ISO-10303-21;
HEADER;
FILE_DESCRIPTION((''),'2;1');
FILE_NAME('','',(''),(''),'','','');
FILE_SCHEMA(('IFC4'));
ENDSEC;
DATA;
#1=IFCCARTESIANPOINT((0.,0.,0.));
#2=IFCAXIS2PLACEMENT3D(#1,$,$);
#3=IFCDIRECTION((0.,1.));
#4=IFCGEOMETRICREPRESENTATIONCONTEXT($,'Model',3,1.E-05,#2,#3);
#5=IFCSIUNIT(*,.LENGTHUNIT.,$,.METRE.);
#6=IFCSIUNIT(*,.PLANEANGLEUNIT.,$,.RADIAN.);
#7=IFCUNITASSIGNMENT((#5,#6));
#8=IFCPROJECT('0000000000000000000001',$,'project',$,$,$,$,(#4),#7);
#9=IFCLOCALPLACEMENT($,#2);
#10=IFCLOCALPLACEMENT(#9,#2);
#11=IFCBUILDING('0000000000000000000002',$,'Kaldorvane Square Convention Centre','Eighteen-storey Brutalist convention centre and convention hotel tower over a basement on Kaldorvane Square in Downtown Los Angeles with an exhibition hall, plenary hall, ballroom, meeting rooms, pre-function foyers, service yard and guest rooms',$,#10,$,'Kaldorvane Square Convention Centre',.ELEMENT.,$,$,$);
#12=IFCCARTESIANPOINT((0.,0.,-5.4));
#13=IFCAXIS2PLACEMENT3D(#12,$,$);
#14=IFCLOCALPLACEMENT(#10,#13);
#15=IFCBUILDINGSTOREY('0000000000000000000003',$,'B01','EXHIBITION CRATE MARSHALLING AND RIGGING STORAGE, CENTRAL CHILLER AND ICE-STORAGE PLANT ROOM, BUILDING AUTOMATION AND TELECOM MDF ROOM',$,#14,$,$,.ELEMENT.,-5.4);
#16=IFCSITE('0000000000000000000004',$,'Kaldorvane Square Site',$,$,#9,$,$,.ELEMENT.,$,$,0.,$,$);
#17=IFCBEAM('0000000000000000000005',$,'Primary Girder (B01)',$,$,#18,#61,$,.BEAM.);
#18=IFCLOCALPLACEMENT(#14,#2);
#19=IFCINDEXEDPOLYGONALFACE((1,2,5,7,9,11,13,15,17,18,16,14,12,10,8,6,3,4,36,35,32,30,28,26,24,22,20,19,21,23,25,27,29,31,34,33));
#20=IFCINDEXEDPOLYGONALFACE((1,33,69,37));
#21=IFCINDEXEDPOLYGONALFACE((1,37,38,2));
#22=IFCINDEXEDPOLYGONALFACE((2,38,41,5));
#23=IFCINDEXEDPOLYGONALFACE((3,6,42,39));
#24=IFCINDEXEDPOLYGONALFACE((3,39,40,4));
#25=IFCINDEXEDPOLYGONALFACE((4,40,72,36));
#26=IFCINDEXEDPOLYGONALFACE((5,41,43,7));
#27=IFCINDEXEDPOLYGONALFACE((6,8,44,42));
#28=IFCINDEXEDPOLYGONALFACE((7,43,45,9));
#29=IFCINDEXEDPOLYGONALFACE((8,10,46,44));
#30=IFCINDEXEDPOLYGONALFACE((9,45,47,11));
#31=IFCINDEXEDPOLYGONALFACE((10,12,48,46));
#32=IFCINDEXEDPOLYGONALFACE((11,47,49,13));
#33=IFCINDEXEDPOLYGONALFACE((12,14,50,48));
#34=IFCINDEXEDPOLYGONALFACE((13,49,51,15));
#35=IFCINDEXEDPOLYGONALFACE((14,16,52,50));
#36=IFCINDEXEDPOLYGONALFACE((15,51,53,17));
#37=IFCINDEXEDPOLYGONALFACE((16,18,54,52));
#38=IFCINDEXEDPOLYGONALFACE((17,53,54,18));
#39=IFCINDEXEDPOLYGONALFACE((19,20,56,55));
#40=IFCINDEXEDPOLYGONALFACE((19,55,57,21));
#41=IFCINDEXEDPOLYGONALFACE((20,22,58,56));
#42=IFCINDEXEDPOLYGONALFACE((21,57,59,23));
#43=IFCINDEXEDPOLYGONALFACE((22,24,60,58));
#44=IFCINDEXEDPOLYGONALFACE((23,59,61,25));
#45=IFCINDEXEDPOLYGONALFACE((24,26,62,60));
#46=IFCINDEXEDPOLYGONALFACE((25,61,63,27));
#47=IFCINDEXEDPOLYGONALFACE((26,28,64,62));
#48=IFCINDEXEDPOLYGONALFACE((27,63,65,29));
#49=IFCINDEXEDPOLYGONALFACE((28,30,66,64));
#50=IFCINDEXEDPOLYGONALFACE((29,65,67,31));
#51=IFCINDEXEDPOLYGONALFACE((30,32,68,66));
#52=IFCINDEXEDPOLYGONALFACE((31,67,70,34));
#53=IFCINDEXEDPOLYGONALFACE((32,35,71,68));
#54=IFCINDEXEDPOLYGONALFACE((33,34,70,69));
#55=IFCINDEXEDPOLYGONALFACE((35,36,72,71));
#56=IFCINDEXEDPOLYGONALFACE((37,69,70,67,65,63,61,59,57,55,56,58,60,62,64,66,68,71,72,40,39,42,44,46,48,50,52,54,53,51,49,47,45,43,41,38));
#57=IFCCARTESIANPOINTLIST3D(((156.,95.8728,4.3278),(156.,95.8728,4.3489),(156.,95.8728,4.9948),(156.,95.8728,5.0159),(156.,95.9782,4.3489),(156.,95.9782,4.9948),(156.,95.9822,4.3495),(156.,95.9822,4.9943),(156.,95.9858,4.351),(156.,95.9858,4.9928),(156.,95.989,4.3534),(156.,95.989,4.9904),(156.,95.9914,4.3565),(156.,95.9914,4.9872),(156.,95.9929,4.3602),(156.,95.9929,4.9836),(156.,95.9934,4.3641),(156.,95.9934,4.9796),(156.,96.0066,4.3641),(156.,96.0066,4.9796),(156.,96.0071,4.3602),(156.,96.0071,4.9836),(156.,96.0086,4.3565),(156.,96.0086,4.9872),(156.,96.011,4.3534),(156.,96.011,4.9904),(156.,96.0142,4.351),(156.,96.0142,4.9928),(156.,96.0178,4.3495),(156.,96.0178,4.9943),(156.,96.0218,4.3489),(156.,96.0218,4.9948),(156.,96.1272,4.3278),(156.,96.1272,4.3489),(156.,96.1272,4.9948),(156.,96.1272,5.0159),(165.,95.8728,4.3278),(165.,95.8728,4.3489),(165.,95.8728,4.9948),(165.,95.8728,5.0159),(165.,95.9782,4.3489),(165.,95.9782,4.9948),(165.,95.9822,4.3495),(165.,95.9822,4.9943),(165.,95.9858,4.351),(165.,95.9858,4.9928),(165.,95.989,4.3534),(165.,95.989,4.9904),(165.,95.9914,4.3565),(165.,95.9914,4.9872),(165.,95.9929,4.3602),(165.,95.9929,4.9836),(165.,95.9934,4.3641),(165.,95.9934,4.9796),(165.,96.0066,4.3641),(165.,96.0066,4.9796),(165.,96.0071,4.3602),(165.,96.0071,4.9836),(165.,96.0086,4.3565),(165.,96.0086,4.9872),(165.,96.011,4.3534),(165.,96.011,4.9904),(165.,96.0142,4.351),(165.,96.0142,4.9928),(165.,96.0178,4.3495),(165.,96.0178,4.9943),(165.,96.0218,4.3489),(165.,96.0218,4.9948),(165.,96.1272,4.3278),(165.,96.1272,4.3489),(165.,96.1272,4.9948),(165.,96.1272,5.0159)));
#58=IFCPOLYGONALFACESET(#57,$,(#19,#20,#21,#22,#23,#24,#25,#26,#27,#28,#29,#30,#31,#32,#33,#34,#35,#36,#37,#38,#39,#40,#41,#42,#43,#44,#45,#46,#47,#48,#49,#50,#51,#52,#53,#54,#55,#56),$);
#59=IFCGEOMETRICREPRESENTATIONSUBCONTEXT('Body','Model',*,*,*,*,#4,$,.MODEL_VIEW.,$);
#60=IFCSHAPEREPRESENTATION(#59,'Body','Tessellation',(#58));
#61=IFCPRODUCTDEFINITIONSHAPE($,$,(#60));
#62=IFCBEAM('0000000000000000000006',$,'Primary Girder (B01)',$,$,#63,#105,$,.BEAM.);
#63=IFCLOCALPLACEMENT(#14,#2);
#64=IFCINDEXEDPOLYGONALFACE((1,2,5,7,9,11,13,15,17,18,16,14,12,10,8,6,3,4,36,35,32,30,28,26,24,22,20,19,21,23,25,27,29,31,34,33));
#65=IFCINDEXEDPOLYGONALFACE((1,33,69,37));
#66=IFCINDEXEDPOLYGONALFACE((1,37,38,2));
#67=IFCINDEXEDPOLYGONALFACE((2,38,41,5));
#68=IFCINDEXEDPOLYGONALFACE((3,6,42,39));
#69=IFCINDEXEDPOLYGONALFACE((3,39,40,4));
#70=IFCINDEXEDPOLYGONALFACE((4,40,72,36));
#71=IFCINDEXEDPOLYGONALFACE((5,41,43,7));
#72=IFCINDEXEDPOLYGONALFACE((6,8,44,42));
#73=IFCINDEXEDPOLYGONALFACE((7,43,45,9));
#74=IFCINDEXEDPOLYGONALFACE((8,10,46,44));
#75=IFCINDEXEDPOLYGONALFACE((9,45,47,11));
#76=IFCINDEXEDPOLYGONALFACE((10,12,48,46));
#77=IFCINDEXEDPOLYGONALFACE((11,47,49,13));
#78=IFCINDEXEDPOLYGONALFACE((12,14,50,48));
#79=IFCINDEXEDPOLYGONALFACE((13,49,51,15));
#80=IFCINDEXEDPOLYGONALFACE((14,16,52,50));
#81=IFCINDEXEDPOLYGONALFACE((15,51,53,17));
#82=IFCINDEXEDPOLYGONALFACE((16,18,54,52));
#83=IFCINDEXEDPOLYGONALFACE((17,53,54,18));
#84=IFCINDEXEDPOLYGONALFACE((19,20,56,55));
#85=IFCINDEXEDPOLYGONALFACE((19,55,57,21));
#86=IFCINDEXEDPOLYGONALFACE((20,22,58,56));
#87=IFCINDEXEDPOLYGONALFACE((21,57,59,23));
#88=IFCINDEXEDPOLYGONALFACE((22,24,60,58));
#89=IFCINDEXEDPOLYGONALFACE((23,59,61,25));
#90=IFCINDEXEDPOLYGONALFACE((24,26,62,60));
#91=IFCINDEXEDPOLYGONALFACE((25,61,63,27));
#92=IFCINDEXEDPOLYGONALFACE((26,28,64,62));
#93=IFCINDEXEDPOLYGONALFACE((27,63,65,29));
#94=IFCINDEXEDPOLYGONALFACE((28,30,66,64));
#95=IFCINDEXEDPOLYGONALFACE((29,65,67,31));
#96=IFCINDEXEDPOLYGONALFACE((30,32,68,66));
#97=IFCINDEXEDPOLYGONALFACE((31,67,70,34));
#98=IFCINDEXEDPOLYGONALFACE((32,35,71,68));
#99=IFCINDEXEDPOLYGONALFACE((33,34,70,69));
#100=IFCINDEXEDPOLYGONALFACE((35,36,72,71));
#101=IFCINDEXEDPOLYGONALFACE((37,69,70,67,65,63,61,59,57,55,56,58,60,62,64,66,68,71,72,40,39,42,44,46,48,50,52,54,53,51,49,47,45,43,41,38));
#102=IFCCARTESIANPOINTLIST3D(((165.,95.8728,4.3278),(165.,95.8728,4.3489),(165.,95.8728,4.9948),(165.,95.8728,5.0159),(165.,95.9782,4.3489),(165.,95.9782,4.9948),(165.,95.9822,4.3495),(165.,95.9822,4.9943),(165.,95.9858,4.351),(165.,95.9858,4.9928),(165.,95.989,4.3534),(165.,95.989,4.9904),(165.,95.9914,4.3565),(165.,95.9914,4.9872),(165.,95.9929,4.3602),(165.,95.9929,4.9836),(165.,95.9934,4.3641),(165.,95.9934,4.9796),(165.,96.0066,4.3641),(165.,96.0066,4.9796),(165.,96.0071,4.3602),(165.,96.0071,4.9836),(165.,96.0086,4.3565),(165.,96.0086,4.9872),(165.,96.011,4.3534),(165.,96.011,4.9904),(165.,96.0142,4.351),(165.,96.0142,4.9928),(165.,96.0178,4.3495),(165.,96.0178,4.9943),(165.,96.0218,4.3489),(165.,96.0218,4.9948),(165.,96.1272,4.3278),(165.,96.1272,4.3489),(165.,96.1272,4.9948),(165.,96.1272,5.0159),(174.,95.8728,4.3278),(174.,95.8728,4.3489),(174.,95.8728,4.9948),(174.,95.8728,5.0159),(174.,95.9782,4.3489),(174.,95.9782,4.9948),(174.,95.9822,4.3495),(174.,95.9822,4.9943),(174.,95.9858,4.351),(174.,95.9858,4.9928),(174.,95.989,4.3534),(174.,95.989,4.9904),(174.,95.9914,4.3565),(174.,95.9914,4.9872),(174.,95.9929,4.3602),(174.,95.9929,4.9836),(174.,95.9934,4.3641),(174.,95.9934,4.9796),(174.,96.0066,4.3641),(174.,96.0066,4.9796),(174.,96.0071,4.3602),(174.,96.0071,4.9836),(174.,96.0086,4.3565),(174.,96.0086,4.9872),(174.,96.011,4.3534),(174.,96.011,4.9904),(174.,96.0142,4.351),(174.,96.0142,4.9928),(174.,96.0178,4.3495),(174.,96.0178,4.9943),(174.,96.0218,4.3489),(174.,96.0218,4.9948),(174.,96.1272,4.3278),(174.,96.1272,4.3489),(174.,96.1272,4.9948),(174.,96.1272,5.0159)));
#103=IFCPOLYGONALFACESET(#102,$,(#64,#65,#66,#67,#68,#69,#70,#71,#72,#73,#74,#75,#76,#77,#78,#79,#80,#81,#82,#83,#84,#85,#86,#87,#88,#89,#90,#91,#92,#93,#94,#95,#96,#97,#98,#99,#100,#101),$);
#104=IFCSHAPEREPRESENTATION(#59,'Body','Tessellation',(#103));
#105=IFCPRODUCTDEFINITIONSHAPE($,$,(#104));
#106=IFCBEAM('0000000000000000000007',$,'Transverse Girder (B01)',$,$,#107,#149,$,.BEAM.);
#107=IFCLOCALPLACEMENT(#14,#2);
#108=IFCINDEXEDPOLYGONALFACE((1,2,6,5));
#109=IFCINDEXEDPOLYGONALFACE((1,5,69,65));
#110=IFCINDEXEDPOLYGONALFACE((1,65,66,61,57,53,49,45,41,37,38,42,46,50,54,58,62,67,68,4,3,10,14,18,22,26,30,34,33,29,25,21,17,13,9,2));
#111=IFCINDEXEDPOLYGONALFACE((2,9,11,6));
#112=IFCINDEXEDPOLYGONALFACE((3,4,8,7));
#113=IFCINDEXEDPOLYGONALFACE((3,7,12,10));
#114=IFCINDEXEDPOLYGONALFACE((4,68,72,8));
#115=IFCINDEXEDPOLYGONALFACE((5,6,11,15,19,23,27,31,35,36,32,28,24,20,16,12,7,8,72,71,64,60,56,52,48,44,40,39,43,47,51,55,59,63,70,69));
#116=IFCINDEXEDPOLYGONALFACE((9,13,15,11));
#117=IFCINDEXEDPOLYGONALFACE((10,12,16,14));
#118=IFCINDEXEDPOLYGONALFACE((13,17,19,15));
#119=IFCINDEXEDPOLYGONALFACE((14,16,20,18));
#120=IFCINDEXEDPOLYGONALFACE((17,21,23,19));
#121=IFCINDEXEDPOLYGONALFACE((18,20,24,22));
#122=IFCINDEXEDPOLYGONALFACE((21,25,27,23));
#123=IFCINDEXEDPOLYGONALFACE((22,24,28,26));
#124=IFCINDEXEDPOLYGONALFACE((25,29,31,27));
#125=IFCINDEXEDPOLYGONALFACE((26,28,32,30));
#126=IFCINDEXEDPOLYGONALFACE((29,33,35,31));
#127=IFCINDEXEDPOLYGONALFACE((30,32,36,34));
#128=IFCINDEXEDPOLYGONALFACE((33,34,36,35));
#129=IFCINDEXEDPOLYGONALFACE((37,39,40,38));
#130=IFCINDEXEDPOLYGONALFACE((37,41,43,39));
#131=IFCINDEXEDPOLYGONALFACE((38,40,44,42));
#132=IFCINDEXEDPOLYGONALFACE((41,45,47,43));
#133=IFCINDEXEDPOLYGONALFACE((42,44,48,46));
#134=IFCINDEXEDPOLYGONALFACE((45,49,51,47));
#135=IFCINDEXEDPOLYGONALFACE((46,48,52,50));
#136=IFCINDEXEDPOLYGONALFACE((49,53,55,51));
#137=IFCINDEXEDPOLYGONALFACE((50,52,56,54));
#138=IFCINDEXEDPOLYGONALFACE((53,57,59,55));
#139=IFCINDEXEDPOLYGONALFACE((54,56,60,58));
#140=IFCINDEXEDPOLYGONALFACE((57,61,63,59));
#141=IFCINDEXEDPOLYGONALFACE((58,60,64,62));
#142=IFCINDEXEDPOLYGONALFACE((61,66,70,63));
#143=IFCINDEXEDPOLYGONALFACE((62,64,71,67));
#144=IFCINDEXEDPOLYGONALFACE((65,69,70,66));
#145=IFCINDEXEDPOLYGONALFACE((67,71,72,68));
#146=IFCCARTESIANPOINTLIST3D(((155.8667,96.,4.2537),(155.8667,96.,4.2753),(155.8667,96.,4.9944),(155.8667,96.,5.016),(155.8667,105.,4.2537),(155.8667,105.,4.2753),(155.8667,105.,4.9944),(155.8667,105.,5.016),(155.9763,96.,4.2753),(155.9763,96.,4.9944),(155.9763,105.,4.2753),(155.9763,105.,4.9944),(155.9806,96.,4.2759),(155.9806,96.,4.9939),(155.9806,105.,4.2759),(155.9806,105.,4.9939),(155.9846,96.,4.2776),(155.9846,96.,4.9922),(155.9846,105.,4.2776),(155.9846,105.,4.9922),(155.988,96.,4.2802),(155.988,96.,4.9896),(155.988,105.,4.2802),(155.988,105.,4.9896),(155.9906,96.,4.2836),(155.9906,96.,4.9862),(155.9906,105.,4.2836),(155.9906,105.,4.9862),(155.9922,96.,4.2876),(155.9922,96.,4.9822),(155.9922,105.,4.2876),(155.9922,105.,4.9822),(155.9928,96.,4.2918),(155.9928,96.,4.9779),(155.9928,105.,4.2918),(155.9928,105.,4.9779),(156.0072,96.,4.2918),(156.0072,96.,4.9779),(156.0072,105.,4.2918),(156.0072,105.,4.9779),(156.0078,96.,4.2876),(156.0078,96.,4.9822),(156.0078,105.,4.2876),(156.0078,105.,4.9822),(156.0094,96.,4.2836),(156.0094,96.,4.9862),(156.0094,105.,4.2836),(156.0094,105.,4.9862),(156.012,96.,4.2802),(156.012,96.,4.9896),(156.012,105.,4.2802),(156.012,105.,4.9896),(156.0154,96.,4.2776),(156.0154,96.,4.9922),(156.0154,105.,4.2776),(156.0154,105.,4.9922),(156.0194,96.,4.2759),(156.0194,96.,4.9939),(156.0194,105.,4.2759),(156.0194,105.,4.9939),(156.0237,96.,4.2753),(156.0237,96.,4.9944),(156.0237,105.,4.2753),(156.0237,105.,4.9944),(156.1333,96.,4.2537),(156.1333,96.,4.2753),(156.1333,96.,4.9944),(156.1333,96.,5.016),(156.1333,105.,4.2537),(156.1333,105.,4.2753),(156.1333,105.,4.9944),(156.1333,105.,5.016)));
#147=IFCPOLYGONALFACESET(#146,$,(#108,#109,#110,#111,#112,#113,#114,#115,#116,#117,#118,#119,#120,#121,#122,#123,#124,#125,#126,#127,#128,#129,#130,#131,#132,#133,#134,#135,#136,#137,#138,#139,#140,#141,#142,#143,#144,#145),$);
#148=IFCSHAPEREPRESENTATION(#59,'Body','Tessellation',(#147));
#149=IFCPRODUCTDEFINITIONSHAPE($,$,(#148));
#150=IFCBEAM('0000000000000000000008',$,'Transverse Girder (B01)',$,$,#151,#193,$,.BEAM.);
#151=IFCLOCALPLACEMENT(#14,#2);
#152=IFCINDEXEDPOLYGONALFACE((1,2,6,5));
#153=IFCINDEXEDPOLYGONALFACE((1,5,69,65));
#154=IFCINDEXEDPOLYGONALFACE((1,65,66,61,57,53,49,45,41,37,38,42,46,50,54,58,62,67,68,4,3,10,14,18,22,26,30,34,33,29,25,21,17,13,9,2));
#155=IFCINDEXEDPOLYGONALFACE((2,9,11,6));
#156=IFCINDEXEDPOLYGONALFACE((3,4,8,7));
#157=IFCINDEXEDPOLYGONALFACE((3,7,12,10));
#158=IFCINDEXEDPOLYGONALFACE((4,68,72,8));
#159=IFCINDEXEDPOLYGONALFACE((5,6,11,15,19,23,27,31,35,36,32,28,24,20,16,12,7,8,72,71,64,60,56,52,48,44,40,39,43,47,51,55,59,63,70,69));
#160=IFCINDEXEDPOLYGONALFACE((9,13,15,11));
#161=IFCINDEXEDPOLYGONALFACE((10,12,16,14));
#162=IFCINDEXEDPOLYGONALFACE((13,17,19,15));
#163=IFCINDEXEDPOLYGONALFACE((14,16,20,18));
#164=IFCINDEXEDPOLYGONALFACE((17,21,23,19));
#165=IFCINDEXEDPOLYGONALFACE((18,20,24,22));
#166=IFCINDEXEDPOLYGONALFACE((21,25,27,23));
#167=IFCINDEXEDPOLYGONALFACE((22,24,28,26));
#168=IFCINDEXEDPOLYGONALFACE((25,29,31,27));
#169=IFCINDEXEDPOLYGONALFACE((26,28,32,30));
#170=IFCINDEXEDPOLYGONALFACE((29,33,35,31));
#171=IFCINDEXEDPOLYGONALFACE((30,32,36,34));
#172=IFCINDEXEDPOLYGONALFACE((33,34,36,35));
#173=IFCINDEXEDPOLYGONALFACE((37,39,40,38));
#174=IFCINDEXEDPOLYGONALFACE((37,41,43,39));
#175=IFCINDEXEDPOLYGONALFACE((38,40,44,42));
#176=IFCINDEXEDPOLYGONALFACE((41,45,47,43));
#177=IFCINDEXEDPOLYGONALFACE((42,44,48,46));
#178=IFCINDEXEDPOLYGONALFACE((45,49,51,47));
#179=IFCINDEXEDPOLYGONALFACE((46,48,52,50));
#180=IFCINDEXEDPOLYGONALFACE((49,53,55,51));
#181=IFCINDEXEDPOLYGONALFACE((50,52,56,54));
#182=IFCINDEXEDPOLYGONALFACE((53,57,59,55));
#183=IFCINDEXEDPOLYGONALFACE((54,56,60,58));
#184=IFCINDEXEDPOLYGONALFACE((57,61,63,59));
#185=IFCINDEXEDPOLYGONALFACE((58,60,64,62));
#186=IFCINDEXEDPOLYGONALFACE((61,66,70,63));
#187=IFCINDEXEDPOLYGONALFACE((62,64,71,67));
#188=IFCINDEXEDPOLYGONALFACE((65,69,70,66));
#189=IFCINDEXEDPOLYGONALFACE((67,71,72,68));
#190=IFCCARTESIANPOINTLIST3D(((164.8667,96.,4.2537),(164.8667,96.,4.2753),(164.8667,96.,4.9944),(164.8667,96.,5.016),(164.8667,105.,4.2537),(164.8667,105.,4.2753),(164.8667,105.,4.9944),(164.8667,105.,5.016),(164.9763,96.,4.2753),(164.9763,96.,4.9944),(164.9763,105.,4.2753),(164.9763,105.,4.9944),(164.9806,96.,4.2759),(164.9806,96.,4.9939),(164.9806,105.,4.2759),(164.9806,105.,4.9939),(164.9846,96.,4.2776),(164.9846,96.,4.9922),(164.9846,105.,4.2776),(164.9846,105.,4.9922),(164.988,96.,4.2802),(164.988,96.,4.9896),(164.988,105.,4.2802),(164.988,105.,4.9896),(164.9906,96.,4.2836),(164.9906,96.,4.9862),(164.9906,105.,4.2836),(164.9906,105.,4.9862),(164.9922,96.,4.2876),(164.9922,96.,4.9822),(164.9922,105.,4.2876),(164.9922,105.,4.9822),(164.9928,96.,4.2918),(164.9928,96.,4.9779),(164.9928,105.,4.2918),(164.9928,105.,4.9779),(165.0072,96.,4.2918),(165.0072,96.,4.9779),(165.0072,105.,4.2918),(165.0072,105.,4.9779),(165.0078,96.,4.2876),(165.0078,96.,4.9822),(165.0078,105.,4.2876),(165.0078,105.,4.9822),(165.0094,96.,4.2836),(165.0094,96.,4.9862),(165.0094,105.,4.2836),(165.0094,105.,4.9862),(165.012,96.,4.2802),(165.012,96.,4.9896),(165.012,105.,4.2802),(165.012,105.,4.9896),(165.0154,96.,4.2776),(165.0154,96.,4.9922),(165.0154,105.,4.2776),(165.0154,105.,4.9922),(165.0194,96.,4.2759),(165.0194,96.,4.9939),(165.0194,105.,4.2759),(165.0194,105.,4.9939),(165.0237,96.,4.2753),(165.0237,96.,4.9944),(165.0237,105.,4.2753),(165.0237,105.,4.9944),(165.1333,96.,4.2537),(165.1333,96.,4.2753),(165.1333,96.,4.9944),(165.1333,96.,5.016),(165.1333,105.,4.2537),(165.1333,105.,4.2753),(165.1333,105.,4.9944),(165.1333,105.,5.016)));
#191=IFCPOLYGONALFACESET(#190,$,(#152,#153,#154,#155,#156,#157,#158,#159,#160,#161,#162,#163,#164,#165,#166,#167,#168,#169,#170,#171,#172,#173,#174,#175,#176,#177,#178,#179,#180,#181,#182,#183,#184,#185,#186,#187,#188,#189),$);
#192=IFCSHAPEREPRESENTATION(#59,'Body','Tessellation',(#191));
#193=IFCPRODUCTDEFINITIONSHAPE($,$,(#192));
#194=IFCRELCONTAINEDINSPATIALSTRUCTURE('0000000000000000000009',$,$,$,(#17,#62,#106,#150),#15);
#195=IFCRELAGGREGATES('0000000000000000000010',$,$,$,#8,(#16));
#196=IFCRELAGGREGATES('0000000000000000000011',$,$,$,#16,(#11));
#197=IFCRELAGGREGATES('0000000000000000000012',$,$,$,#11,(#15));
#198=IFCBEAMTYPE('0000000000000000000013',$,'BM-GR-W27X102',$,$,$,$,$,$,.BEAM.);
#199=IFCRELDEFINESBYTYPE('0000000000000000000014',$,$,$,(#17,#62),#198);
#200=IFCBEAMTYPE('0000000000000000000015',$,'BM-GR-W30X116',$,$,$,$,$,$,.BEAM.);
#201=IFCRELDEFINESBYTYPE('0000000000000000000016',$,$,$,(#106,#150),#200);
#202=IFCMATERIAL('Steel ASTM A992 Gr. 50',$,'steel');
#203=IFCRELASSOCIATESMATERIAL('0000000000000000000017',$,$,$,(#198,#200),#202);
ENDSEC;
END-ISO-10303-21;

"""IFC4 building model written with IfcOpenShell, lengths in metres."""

from ifc_helpers import new_model, si_unit, direction, frame, origin, origin_2d, place, context, subcontext, project, spatial, i_section, extrude, material, material_profile, profile_set, type_object, element, save


model = new_model("IFC4")

# Units and contexts
model_context = context("Model", 3, precision=1e-05, world=origin(), true_north=direction((0.0, 1.0)))
body_context = subcontext(model_context, "Body", "Model", "MODEL_VIEW")
ifc_project = project(units=[si_unit("LENGTHUNIT", "METRE"), si_unit("PLANEANGLEUNIT", "RADIAN")], contexts=[model_context])

# Site, building, storey
site_placement = place(None, origin())
site = spatial("IfcSite", under=ifc_project, at=site_placement, Name="Kaldorvane Square Site", CompositionType="ELEMENT", RefElevation=0.0)
building_placement = place(site_placement, origin())
building = spatial("IfcBuilding", under=site, at=building_placement, Name="Kaldorvane Square Convention Centre", Description="Eighteen-storey Brutalist convention centre and convention hotel tower over a basement on Kaldorvane Square in Downtown Los Angeles with an exhibition hall, plenary hall, ballroom, meeting rooms, pre-function foyers, service yard and guest rooms", LongName="Kaldorvane Square Convention Centre", CompositionType="ELEMENT")
storey_placement = place(building_placement, frame((0.0, 0.0, -5.4)))
storey = spatial("IfcBuildingStorey", under=building, at=storey_placement, Name="B01", Description="EXHIBITION CRATE MARSHALLING AND RIGGING STORAGE, CENTRAL CHILLER AND ICE-STORAGE PLANT ROOM, BUILDING AUTOMATION AND TELECOM MDF ROOM", CompositionType="ELEMENT", Elevation=-5.4)

# Shared definitions
ifc_material_1 = material(Name="Steel ASTM A992 Gr. 50", Category="steel")

# Beams
ifc_material_profile_1 = material_profile(ifc_material_1, i_section(OverallWidth=0.2544, OverallDepth=0.6881, WebThickness=0.0131, FlangeThickness=0.0211, FilletRadius=0.0152, at=origin_2d()), Name="W27X102")
ifc_profile_set_1 = profile_set([ifc_material_profile_1], Name="Steel ASTM A992 Gr. 50")
beam_type_1 = type_object("IfcBeamType", Name="BM-GR-W27X102", PredefinedType="BEAM", material=ifc_profile_set_1)
for number, where, z_axis, x_axis, name in (
    (1, (156.0, 96.0, 4.6719), (1.0, 0.0, 0.0), (0.0, 1.0, 0.0), "Primary Girder (B01)"),
    (2, (165.0, 96.0, 4.6719), (1.0, 0.0, 0.0), (0.0, 1.0, 0.0), "Primary Girder (B01)"),
):
    element("IfcBeam", number, at=place(storey_placement, frame(where, z_axis=z_axis, x_axis=x_axis)), inside=storey, type_object=beam_type_1, Name=name, PredefinedType="BEAM", context=body_context, shape_type="SweptSolid", body=[
        extrude(i_section(OverallWidth=0.2544, OverallDepth=0.6881, WebThickness=0.0131, FlangeThickness=0.0211, FilletRadius=0.0152, at=origin_2d()), origin(), (0.0, 0.0, 1.0), 9.0),
    ])
ifc_material_profile_2 = material_profile(ifc_material_1, i_section(OverallWidth=0.2666, OverallDepth=0.7623, WebThickness=0.0144, FlangeThickness=0.0216, FilletRadius=0.0165, at=origin_2d()), Name="W30X116")
ifc_profile_set_2 = profile_set([ifc_material_profile_2], Name="Steel ASTM A992 Gr. 50")
beam_type_2 = type_object("IfcBeamType", Name="BM-GR-W30X116", PredefinedType="BEAM", material=ifc_profile_set_2)
for number, where, z_axis, x_axis, name in (
    (3, (156.0, 96.0, 4.6349), (0.0, 1.0, 0.0), (-1.0, 0.0, 0.0), "Transverse Girder (B01)"),
    (4, (165.0, 96.0, 4.6349), (0.0, 1.0, 0.0), (-1.0, 0.0, 0.0), "Transverse Girder (B01)"),
):
    element("IfcBeam", number, at=place(storey_placement, frame(where, z_axis=z_axis, x_axis=x_axis)), inside=storey, type_object=beam_type_2, Name=name, PredefinedType="BEAM", context=body_context, shape_type="SweptSolid", body=[
        extrude(i_section(OverallWidth=0.2666, OverallDepth=0.7623, WebThickness=0.0144, FlangeThickness=0.0216, FilletRadius=0.0165, at=origin_2d()), origin(), (0.0, 0.0, 1.0), 9.0),
    ])

save(model, "model.ifc")
